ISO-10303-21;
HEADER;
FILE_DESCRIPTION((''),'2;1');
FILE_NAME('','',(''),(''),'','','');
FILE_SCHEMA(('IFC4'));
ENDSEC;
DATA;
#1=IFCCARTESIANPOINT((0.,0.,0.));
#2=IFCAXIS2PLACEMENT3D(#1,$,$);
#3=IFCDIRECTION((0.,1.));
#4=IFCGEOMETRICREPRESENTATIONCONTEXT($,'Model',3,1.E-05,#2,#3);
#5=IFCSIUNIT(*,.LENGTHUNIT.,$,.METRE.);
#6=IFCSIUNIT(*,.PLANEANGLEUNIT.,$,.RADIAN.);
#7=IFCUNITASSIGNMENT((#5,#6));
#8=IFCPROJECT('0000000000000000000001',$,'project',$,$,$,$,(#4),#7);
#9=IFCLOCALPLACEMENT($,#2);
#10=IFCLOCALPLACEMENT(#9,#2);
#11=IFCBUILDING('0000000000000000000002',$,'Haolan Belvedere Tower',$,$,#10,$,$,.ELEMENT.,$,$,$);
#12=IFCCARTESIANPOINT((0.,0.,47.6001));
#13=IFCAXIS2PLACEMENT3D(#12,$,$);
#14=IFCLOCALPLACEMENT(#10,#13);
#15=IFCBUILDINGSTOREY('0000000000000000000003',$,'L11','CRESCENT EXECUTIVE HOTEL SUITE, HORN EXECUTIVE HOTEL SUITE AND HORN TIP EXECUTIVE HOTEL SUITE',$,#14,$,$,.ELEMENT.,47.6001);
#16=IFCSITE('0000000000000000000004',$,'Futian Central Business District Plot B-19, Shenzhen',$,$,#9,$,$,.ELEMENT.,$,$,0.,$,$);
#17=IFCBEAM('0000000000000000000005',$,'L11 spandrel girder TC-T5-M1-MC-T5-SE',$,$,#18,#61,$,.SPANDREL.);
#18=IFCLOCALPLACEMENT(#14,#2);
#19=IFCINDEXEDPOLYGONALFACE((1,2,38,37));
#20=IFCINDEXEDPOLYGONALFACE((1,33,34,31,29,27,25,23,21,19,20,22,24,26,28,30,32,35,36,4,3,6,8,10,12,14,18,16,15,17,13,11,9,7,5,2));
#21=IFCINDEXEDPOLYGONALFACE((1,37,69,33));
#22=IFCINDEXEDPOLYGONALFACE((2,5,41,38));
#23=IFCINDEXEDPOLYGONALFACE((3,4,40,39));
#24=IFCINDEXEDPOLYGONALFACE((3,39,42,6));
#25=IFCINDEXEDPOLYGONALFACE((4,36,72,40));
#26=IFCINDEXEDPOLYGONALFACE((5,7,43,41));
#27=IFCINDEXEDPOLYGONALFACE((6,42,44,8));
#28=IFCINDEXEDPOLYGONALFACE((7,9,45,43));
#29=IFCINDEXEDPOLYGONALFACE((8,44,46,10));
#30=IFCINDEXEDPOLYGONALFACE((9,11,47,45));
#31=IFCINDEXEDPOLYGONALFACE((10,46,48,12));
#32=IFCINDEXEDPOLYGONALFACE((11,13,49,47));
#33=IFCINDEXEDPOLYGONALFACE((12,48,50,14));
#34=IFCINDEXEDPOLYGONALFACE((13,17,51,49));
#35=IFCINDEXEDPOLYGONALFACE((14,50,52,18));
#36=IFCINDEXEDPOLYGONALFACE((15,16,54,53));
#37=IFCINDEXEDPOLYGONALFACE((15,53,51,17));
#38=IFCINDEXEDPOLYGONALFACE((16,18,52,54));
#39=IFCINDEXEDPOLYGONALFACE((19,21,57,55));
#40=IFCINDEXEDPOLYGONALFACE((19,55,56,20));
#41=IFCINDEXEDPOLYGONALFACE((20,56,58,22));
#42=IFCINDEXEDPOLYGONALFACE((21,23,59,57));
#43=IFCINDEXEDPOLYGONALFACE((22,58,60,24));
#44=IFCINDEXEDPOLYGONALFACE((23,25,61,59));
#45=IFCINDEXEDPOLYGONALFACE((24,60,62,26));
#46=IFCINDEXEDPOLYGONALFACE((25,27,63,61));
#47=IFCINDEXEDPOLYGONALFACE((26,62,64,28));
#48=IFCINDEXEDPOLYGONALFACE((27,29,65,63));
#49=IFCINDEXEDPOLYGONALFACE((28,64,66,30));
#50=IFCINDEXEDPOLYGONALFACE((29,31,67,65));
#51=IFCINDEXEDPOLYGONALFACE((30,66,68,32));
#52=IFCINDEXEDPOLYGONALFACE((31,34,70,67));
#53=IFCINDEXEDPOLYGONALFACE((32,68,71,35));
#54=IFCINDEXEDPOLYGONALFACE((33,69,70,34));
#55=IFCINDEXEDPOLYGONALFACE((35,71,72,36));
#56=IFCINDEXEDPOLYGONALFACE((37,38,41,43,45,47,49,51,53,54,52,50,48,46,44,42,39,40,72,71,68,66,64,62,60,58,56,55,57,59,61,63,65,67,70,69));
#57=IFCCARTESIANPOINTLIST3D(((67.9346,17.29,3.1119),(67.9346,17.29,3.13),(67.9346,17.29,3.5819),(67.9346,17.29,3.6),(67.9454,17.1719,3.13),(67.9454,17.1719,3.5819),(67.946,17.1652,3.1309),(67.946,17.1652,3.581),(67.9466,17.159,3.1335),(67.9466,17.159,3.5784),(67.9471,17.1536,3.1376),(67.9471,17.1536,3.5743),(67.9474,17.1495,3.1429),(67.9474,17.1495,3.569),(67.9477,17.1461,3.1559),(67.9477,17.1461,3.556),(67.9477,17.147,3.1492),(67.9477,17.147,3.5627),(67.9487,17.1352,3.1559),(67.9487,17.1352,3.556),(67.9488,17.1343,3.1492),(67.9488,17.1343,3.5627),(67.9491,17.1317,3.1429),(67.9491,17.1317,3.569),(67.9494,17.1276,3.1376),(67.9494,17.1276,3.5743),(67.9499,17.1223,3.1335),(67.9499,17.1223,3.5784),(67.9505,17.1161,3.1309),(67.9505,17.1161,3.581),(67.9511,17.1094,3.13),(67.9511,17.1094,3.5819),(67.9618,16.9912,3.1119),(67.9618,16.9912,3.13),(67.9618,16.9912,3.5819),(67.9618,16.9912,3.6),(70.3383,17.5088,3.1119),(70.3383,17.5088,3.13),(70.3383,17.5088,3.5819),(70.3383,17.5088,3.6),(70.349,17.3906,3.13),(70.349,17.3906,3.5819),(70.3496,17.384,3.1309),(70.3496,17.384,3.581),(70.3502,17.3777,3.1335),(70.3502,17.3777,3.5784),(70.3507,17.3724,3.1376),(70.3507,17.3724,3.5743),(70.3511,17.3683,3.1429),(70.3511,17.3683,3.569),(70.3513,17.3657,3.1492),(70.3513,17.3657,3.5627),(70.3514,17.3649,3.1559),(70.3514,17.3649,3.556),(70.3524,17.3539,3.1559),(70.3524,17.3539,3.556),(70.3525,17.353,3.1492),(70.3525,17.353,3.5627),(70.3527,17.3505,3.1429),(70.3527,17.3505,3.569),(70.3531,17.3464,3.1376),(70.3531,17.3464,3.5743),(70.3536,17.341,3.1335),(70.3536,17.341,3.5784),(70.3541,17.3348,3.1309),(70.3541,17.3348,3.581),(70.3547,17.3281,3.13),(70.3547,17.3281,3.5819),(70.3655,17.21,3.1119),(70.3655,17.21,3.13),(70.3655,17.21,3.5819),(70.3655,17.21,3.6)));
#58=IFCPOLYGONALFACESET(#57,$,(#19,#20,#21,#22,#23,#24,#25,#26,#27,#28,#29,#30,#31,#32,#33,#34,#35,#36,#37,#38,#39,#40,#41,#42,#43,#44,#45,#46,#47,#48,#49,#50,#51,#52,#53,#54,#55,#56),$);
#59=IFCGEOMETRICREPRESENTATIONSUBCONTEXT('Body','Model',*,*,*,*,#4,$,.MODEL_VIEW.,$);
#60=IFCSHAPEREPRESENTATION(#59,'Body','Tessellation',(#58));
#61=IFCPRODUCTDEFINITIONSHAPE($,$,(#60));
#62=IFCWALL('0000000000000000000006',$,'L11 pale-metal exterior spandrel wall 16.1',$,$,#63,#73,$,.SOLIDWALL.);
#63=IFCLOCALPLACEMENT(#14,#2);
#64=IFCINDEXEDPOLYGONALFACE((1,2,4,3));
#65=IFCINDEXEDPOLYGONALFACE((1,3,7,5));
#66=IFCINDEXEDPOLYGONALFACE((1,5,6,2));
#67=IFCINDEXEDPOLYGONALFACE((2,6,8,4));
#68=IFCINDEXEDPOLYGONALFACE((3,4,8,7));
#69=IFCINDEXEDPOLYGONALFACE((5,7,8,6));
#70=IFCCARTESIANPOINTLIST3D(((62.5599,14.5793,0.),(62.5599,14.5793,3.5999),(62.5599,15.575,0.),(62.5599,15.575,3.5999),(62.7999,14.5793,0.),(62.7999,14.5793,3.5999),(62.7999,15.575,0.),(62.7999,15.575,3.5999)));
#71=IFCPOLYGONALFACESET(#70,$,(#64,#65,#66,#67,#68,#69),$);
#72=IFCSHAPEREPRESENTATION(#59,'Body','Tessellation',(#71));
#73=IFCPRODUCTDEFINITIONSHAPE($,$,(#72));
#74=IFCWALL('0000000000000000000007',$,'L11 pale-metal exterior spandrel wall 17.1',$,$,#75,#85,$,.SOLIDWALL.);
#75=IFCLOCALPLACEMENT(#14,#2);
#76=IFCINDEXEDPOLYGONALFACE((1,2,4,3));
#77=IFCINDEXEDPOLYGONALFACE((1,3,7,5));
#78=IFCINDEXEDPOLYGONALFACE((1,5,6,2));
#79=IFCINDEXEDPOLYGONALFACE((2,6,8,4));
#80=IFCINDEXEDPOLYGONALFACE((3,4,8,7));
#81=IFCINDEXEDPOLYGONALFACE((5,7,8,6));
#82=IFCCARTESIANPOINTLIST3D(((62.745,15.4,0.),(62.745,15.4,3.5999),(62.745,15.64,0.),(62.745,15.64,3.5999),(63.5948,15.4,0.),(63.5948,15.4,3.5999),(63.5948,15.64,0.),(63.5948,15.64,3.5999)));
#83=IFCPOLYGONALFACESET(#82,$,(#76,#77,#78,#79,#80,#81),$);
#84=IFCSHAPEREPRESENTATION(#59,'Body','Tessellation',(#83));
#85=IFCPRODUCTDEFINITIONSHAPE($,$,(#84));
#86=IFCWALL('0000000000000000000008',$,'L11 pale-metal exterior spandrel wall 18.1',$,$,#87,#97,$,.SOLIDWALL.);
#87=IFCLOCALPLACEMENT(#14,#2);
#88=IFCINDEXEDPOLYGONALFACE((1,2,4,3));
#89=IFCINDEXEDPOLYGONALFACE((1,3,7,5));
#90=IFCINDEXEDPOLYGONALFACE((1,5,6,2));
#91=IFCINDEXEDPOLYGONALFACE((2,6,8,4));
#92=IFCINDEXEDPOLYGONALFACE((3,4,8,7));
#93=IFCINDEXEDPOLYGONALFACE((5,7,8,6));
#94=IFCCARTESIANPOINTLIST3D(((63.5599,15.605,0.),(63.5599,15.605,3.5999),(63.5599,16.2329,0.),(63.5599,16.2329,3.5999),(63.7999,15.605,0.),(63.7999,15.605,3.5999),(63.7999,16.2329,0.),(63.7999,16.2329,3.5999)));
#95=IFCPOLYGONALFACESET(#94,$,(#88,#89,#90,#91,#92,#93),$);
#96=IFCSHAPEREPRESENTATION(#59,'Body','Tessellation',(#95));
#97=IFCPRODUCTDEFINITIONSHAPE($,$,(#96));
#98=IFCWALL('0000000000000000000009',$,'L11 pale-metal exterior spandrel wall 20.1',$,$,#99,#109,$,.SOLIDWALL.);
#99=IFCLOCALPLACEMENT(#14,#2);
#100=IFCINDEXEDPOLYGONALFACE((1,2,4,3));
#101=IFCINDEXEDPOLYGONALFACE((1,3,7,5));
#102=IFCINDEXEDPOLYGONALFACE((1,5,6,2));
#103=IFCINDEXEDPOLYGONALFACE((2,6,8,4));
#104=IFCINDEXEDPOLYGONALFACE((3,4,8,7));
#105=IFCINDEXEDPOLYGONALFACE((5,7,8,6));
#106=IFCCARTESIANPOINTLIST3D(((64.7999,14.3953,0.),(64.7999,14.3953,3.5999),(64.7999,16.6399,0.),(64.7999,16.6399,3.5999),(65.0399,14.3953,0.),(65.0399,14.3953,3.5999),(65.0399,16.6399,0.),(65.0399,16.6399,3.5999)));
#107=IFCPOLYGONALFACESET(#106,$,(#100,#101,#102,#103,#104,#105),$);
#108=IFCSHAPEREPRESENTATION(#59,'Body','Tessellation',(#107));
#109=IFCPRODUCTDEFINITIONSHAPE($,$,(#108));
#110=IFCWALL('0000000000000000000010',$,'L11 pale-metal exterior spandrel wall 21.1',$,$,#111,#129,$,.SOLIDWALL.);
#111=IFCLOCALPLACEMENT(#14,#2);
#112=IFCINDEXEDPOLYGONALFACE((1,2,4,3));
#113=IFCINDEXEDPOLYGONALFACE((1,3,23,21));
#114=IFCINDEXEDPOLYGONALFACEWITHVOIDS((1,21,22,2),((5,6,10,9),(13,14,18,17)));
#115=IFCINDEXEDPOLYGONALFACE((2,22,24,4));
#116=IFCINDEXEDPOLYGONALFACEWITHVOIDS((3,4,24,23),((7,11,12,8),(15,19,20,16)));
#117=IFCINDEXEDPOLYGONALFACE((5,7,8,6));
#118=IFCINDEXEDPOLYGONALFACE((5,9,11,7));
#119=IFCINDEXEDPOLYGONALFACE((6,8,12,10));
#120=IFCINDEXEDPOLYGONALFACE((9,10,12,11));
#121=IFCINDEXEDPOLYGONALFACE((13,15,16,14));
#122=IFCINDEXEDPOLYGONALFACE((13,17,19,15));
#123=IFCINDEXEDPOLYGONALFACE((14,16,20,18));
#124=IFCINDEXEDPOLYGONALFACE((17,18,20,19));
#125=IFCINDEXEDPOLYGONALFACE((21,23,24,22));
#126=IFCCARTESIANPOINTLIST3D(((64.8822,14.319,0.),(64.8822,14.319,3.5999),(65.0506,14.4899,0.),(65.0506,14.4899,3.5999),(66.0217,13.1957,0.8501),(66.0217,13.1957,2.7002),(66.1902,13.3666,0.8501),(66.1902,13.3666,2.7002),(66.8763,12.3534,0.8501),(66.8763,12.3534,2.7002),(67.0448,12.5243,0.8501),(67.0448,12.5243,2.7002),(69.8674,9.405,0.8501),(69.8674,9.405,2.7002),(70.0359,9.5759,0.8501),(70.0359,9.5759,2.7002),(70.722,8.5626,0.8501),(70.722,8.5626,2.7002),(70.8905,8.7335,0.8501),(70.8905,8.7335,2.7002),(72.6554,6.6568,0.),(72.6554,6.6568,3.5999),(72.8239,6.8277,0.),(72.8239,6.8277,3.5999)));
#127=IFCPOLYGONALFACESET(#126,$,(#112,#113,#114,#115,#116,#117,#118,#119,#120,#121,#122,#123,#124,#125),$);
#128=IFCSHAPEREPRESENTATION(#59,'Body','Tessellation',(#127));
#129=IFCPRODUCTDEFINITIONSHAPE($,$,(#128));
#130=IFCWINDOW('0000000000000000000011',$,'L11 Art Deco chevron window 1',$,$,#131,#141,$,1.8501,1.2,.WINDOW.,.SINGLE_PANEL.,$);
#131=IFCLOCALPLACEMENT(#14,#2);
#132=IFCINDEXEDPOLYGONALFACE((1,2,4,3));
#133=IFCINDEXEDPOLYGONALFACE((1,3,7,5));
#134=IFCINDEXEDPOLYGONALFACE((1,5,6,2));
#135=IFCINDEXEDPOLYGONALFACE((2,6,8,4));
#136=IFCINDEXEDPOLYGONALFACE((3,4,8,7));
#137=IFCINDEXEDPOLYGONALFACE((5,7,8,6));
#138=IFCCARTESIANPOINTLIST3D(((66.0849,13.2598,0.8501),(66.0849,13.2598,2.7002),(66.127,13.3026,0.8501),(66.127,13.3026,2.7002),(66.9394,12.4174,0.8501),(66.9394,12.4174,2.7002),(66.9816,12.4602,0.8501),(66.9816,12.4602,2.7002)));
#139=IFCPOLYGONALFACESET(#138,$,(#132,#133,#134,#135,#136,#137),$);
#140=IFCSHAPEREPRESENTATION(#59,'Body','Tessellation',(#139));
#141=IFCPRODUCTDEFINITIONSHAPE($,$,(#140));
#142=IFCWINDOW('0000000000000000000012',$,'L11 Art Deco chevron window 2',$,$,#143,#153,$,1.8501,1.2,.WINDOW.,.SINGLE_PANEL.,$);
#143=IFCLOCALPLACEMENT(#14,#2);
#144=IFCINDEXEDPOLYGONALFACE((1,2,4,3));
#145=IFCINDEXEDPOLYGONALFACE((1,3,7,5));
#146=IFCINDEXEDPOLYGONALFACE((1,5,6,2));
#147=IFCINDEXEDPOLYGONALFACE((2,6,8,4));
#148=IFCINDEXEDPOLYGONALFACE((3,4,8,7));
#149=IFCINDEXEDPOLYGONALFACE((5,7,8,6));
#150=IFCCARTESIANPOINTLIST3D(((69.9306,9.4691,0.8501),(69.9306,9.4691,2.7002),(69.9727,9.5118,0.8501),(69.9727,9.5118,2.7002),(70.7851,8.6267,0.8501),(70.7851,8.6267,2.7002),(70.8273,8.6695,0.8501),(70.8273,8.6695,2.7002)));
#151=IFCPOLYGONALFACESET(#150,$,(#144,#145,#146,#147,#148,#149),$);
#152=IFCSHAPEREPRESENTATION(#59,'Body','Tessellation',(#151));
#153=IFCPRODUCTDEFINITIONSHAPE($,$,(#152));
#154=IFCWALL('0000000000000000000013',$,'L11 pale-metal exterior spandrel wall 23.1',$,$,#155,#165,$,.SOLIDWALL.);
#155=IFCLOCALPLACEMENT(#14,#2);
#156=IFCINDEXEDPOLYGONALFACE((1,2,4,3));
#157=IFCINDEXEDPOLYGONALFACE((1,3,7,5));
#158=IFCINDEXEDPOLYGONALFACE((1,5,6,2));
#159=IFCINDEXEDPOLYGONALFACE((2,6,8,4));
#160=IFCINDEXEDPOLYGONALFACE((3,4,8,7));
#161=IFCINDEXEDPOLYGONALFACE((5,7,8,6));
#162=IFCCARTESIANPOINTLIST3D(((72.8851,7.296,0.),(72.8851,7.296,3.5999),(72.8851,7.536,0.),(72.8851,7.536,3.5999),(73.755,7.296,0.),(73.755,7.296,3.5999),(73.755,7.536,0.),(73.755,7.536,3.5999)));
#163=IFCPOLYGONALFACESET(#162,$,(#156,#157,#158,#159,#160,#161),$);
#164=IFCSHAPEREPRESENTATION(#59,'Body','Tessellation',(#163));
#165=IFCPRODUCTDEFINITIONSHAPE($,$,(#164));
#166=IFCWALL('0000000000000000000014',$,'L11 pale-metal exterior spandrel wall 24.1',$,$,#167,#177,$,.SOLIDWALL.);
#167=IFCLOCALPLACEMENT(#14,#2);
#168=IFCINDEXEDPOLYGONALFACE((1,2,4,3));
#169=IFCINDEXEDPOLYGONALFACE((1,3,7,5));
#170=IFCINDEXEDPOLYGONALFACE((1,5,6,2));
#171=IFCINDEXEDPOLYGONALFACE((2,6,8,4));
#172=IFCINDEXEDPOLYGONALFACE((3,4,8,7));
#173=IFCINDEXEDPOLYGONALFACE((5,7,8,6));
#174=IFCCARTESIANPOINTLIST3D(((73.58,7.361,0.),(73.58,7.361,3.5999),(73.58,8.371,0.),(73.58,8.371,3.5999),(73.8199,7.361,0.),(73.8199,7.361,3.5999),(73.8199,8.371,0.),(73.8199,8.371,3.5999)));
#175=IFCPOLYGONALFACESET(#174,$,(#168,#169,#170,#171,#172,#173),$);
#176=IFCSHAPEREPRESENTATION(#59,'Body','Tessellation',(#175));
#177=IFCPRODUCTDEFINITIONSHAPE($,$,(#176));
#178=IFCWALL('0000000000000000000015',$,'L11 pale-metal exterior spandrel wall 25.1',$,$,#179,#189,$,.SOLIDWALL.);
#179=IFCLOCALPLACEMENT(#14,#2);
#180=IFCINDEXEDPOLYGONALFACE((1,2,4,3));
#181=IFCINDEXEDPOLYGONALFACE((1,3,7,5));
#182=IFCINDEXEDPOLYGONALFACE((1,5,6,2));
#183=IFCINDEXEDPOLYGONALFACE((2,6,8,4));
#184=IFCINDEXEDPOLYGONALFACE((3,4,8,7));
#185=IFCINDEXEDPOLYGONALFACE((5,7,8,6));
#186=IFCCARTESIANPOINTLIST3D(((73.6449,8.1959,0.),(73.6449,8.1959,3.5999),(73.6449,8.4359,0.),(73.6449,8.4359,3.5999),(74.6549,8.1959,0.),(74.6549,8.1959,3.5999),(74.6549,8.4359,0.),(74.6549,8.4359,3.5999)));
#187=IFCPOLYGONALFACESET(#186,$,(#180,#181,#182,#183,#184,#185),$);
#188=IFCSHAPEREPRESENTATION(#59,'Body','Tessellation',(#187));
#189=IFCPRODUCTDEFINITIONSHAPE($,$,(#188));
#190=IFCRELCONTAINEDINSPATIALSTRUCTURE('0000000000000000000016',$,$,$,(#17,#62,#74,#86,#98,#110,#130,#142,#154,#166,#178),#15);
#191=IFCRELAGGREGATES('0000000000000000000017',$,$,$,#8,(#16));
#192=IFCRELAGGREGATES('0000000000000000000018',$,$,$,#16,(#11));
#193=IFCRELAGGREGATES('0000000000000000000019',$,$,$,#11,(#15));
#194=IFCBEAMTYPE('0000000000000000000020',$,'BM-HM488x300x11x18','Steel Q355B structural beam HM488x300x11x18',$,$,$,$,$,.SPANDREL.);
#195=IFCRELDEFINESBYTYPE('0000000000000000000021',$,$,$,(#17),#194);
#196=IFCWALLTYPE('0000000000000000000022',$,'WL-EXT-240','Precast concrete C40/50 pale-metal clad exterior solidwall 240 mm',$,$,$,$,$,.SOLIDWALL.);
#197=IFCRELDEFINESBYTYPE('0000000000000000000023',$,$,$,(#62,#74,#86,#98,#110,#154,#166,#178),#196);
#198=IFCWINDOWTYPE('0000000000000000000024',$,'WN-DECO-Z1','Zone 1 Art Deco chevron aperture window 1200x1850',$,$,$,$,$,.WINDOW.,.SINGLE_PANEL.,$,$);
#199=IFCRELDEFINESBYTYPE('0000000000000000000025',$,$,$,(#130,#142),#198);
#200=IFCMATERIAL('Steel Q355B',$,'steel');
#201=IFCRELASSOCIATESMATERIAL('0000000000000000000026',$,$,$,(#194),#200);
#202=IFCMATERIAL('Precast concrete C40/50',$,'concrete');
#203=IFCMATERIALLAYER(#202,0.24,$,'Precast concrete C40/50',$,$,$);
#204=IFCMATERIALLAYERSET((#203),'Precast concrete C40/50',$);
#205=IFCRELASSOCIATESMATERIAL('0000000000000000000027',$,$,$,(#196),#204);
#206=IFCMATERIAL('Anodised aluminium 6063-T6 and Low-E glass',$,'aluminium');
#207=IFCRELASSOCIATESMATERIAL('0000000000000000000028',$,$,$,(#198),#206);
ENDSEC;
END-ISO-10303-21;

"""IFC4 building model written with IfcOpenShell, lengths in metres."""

from ifc_helpers import new_model, si_unit, direction, frame, frame_2d, origin, origin_2d, place, context, subcontext, project, spatial, rectangle, i_section, extrude, material, layer, layer_set, material_profile, profile_set, type_object, element, fill, save


model = new_model("IFC4")

# Units and contexts
model_context = context("Model", 3, precision=1e-05, world=origin(), true_north=direction((0.0, 1.0)))
body_context = subcontext(model_context, "Body", "Model", "MODEL_VIEW")
ifc_project = project(units=[si_unit("LENGTHUNIT", "METRE"), si_unit("PLANEANGLEUNIT", "RADIAN")], contexts=[model_context])

# Site, building, storey
site_placement = place(None, origin())
site = spatial("IfcSite", under=ifc_project, at=site_placement, Name="Futian Central Business District Plot B-19, Shenzhen", CompositionType="ELEMENT", RefElevation=0.0)
building_placement = place(site_placement, origin())
building = spatial("IfcBuilding", under=site, at=building_placement, Name="Haolan Belvedere Tower", CompositionType="ELEMENT")
storey_placement = place(building_placement, frame((0.0, 0.0, 47.6001)))
storey = spatial("IfcBuildingStorey", under=building, at=storey_placement, Name="L11", Description="CRESCENT EXECUTIVE HOTEL SUITE, HORN EXECUTIVE HOTEL SUITE AND HORN TIP EXECUTIVE HOTEL SUITE", CompositionType="ELEMENT", Elevation=47.6001)

# Shared definitions
ifc_material_1 = material(Name="Steel Q355B", Category="steel")

# Beam
ifc_material_profile_1 = material_profile(ifc_material_1, i_section(OverallWidth=0.3, OverallDepth=0.488, WebThickness=0.011, FlangeThickness=0.0181, FilletRadius=0.0259, at=origin_2d()), Name="Steel Q355B")
ifc_profile_set_1 = profile_set([ifc_material_profile_1], Name="Steel Q355B")
beam_type = type_object("IfcBeamType", Name="BM-HM488x300x11x18", Description="Steel Q355B structural beam HM488x300x11x18", PredefinedType="SPANDREL", material=ifc_profile_set_1)
for number, where, z_axis, x_axis, name in (
    (1, (67.9482, 17.1406, 3.356), (0.995884, 0.090636, 0.0), (-0.090636, 0.995884, 0.0), "L11 spandrel girder TC-T5-M1-MC-T5-SE"),
):
    element("IfcBeam", number, at=place(storey_placement, frame(where, z_axis=z_axis, x_axis=x_axis)), inside=storey, type_object=beam_type, Name=name, PredefinedType="SPANDREL", context=body_context, shape_type="SweptSolid", body=[
        extrude(i_section(OverallWidth=0.3, OverallDepth=0.488, WebThickness=0.011, FlangeThickness=0.0181, FilletRadius=0.0259, at=origin_2d()), origin(), (0.0, 0.0, 1.0), 2.4136),
    ])

# Walls
ifc_material_2 = material(Name="Precast concrete C40/50", Category="concrete")
ifc_layer_1 = layer(ifc_material_2, 0.24, Name="Precast concrete C40/50")
ifc_layer_set_1 = layer_set([ifc_layer_1], Name="Precast concrete C40/50")
wall_type_1 = type_object("IfcWallType", Name="WL-EXT-240", Description="Precast concrete C40/50 pale-metal clad exterior solidwall 240 mm", PredefinedType="SOLIDWALL", material=ifc_layer_set_1)
wall_1_placement = place(storey_placement, frame((62.6799, 14.5793, 0.0), z_axis=(0.0, 0.0, 1.0), x_axis=(0.0, 1.0, 0.0)))
element("IfcWall", 2, at=wall_1_placement, inside=storey, type_object=wall_type_1, Name="L11 pale-metal exterior spandrel wall 16.1", PredefinedType="SOLIDWALL", context=body_context, shape_type="SweptSolid", body=[
    extrude(rectangle(XDim=0.9956, YDim=0.24, at=frame_2d((0.4978, 0.0))), origin(), (0.0, 0.0, 1.0), 3.5999),
])
wall_2_placement = place(storey_placement, frame((62.7451, 15.52, 0.0), z_axis=(0.0, 0.0, 1.0), x_axis=(1.0, 0.0, 0.0)))
element("IfcWall", 3, at=wall_2_placement, inside=storey, type_object=wall_type_1, Name="L11 pale-metal exterior spandrel wall 17.1", PredefinedType="SOLIDWALL", context=body_context, shape_type="SweptSolid", body=[
    extrude(rectangle(XDim=0.8499, YDim=0.24, at=frame_2d((0.4248, 0.0))), origin(), (0.0, 0.0, 1.0), 3.5999),
])
wall_3_placement = place(storey_placement, frame((63.6799, 15.605, 0.0), z_axis=(0.0, 0.0, 1.0), x_axis=(0.0, 1.0, 0.0)))
element("IfcWall", 4, at=wall_3_placement, inside=storey, type_object=wall_type_1, Name="L11 pale-metal exterior spandrel wall 18.1", PredefinedType="SOLIDWALL", context=body_context, shape_type="SweptSolid", body=[
    extrude(rectangle(XDim=0.6279, YDim=0.24, at=frame_2d((0.314, 0.0))), origin(), (0.0, 0.0, 1.0), 3.5999),
])
wall_4_placement = place(storey_placement, frame((64.9199, 16.6399, 0.0), z_axis=(0.0, 0.0, 1.0), x_axis=(0.0, -1.0, 0.0)))
element("IfcWall", 5, at=wall_4_placement, inside=storey, type_object=wall_type_1, Name="L11 pale-metal exterior spandrel wall 20.1", PredefinedType="SOLIDWALL", context=body_context, shape_type="SweptSolid", body=[
    extrude(rectangle(XDim=2.2446, YDim=0.24, at=frame_2d((1.1223, 0.0))), origin(), (0.0, 0.0, 1.0), 3.5999),
])

# Wall, openings, windows
wall_5_placement = place(storey_placement, frame((64.9663, 14.4045, 0.0), z_axis=(0.0, 0.0, 1.0), x_axis=(0.712177, -0.702, 0.0)))
wall_5 = element("IfcWall", 6, at=wall_5_placement, inside=storey, type_object=wall_type_1, Name="L11 pale-metal exterior spandrel wall 21.1", PredefinedType="SOLIDWALL", context=body_context, shape_type="SweptSolid", body=[
    extrude(rectangle(XDim=10.9148, YDim=0.24, at=frame_2d((5.4575, 0.0))), origin(), (0.0, 0.0, 1.0), 3.5999),
])
opening_1_placement = place(wall_5_placement, frame((1.6001, 0.0, 0.8501)))
opening_1 = element("IfcOpeningElement", 7, at=opening_1_placement, cuts=wall_5, PredefinedType="OPENING", context=body_context, shape_type="SweptSolid", body=[
    extrude(rectangle(XDim=1.2, YDim=1.8501, at=frame_2d((0.6001, 0.925))), frame((0.0, 0.1299, 0.0), z_axis=(0.0, -1.0, 0.0), x_axis=(1.0, 0.0, 0.0)), (0.0, 0.0, 1.0), 0.26),
])
opening_2_placement = place(wall_5_placement, frame((7.0, 0.0, 0.8501)))
opening_2 = element("IfcOpeningElement", 8, at=opening_2_placement, cuts=wall_5, PredefinedType="OPENING", context=body_context, shape_type="SweptSolid", body=[
    extrude(rectangle(XDim=1.2, YDim=1.8501, at=frame_2d((0.6001, 0.925))), frame((0.0, 0.1299, 0.0), z_axis=(0.0, -1.0, 0.0), x_axis=(1.0, 0.0, 0.0)), (0.0, 0.0, 1.0), 0.26),
])
ifc_material_3 = material(Name="Anodised aluminium 6063-T6 and Low-E glass", Category="aluminium")
window_type = type_object("IfcWindowType", Name="WN-DECO-Z1", Description="Zone 1 Art Deco chevron aperture window 1200x1850", PartitioningType="SINGLE_PANEL", PredefinedType="WINDOW", material=ifc_material_3)
window_1_placement = place(opening_1_placement, origin())
window_1 = element("IfcWindow", 9, at=window_1_placement, inside=storey, type_object=window_type, Name="L11 Art Deco chevron window 1", OverallHeight=1.8501, OverallWidth=1.2, PartitioningType="SINGLE_PANEL", PredefinedType="WINDOW", context=body_context, shape_type="SweptSolid", body=[
    extrude(rectangle(XDim=1.2, YDim=1.8501, at=frame_2d((0.6001, 0.925))), frame((0.0, 0.03, 0.0), z_axis=(0.0, -1.0, 0.0), x_axis=(1.0, 0.0, 0.0)), (0.0, 0.0, 1.0), 0.0601),
])
fill(opening_1, window_1)
window_2_placement = place(opening_2_placement, origin())
window_2 = element("IfcWindow", 10, at=window_2_placement, inside=storey, type_object=window_type, Name="L11 Art Deco chevron window 2", OverallHeight=1.8501, OverallWidth=1.2, PartitioningType="SINGLE_PANEL", PredefinedType="WINDOW", context=body_context, shape_type="SweptSolid", body=[
    extrude(rectangle(XDim=1.2, YDim=1.8501, at=frame_2d((0.6001, 0.925))), frame((0.0, 0.03, 0.0), z_axis=(0.0, -1.0, 0.0), x_axis=(1.0, 0.0, 0.0)), (0.0, 0.0, 1.0), 0.0601),
])
fill(opening_2, window_2)

# Walls
wall_6_placement = place(storey_placement, frame((72.885, 7.416, 0.0), z_axis=(0.0, 0.0, 1.0), x_axis=(1.0, 0.0, 0.0)))
element("IfcWall", 11, at=wall_6_placement, inside=storey, type_object=wall_type_1, Name="L11 pale-metal exterior spandrel wall 23.1", PredefinedType="SOLIDWALL", context=body_context, shape_type="SweptSolid", body=[
    extrude(rectangle(XDim=0.8699, YDim=0.24, at=frame_2d((0.4351, 0.0))), origin(), (0.0, 0.0, 1.0), 3.5999),
])
for number, where, z_axis, x_axis, name in (
    (12, (73.7, 7.3611, 0.0), (0.0, 0.0, 1.0), (0.0, 1.0, 0.0), "L11 pale-metal exterior spandrel wall 24.1"),
    (13, (73.645, 8.3159, 0.0), (0.0, 0.0, 1.0), (1.0, 0.0, 0.0), "L11 pale-metal exterior spandrel wall 25.1"),
):
    element("IfcWall", number, at=place(storey_placement, frame(where, z_axis=z_axis, x_axis=x_axis)), inside=storey, type_object=wall_type_1, Name=name, PredefinedType="SOLIDWALL", context=body_context, shape_type="SweptSolid", body=[
        extrude(rectangle(XDim=1.01, YDim=0.24, at=frame_2d((0.5049, 0.0))), origin(), (0.0, 0.0, 1.0), 3.5999),
    ])

save(model, "model.ifc")
